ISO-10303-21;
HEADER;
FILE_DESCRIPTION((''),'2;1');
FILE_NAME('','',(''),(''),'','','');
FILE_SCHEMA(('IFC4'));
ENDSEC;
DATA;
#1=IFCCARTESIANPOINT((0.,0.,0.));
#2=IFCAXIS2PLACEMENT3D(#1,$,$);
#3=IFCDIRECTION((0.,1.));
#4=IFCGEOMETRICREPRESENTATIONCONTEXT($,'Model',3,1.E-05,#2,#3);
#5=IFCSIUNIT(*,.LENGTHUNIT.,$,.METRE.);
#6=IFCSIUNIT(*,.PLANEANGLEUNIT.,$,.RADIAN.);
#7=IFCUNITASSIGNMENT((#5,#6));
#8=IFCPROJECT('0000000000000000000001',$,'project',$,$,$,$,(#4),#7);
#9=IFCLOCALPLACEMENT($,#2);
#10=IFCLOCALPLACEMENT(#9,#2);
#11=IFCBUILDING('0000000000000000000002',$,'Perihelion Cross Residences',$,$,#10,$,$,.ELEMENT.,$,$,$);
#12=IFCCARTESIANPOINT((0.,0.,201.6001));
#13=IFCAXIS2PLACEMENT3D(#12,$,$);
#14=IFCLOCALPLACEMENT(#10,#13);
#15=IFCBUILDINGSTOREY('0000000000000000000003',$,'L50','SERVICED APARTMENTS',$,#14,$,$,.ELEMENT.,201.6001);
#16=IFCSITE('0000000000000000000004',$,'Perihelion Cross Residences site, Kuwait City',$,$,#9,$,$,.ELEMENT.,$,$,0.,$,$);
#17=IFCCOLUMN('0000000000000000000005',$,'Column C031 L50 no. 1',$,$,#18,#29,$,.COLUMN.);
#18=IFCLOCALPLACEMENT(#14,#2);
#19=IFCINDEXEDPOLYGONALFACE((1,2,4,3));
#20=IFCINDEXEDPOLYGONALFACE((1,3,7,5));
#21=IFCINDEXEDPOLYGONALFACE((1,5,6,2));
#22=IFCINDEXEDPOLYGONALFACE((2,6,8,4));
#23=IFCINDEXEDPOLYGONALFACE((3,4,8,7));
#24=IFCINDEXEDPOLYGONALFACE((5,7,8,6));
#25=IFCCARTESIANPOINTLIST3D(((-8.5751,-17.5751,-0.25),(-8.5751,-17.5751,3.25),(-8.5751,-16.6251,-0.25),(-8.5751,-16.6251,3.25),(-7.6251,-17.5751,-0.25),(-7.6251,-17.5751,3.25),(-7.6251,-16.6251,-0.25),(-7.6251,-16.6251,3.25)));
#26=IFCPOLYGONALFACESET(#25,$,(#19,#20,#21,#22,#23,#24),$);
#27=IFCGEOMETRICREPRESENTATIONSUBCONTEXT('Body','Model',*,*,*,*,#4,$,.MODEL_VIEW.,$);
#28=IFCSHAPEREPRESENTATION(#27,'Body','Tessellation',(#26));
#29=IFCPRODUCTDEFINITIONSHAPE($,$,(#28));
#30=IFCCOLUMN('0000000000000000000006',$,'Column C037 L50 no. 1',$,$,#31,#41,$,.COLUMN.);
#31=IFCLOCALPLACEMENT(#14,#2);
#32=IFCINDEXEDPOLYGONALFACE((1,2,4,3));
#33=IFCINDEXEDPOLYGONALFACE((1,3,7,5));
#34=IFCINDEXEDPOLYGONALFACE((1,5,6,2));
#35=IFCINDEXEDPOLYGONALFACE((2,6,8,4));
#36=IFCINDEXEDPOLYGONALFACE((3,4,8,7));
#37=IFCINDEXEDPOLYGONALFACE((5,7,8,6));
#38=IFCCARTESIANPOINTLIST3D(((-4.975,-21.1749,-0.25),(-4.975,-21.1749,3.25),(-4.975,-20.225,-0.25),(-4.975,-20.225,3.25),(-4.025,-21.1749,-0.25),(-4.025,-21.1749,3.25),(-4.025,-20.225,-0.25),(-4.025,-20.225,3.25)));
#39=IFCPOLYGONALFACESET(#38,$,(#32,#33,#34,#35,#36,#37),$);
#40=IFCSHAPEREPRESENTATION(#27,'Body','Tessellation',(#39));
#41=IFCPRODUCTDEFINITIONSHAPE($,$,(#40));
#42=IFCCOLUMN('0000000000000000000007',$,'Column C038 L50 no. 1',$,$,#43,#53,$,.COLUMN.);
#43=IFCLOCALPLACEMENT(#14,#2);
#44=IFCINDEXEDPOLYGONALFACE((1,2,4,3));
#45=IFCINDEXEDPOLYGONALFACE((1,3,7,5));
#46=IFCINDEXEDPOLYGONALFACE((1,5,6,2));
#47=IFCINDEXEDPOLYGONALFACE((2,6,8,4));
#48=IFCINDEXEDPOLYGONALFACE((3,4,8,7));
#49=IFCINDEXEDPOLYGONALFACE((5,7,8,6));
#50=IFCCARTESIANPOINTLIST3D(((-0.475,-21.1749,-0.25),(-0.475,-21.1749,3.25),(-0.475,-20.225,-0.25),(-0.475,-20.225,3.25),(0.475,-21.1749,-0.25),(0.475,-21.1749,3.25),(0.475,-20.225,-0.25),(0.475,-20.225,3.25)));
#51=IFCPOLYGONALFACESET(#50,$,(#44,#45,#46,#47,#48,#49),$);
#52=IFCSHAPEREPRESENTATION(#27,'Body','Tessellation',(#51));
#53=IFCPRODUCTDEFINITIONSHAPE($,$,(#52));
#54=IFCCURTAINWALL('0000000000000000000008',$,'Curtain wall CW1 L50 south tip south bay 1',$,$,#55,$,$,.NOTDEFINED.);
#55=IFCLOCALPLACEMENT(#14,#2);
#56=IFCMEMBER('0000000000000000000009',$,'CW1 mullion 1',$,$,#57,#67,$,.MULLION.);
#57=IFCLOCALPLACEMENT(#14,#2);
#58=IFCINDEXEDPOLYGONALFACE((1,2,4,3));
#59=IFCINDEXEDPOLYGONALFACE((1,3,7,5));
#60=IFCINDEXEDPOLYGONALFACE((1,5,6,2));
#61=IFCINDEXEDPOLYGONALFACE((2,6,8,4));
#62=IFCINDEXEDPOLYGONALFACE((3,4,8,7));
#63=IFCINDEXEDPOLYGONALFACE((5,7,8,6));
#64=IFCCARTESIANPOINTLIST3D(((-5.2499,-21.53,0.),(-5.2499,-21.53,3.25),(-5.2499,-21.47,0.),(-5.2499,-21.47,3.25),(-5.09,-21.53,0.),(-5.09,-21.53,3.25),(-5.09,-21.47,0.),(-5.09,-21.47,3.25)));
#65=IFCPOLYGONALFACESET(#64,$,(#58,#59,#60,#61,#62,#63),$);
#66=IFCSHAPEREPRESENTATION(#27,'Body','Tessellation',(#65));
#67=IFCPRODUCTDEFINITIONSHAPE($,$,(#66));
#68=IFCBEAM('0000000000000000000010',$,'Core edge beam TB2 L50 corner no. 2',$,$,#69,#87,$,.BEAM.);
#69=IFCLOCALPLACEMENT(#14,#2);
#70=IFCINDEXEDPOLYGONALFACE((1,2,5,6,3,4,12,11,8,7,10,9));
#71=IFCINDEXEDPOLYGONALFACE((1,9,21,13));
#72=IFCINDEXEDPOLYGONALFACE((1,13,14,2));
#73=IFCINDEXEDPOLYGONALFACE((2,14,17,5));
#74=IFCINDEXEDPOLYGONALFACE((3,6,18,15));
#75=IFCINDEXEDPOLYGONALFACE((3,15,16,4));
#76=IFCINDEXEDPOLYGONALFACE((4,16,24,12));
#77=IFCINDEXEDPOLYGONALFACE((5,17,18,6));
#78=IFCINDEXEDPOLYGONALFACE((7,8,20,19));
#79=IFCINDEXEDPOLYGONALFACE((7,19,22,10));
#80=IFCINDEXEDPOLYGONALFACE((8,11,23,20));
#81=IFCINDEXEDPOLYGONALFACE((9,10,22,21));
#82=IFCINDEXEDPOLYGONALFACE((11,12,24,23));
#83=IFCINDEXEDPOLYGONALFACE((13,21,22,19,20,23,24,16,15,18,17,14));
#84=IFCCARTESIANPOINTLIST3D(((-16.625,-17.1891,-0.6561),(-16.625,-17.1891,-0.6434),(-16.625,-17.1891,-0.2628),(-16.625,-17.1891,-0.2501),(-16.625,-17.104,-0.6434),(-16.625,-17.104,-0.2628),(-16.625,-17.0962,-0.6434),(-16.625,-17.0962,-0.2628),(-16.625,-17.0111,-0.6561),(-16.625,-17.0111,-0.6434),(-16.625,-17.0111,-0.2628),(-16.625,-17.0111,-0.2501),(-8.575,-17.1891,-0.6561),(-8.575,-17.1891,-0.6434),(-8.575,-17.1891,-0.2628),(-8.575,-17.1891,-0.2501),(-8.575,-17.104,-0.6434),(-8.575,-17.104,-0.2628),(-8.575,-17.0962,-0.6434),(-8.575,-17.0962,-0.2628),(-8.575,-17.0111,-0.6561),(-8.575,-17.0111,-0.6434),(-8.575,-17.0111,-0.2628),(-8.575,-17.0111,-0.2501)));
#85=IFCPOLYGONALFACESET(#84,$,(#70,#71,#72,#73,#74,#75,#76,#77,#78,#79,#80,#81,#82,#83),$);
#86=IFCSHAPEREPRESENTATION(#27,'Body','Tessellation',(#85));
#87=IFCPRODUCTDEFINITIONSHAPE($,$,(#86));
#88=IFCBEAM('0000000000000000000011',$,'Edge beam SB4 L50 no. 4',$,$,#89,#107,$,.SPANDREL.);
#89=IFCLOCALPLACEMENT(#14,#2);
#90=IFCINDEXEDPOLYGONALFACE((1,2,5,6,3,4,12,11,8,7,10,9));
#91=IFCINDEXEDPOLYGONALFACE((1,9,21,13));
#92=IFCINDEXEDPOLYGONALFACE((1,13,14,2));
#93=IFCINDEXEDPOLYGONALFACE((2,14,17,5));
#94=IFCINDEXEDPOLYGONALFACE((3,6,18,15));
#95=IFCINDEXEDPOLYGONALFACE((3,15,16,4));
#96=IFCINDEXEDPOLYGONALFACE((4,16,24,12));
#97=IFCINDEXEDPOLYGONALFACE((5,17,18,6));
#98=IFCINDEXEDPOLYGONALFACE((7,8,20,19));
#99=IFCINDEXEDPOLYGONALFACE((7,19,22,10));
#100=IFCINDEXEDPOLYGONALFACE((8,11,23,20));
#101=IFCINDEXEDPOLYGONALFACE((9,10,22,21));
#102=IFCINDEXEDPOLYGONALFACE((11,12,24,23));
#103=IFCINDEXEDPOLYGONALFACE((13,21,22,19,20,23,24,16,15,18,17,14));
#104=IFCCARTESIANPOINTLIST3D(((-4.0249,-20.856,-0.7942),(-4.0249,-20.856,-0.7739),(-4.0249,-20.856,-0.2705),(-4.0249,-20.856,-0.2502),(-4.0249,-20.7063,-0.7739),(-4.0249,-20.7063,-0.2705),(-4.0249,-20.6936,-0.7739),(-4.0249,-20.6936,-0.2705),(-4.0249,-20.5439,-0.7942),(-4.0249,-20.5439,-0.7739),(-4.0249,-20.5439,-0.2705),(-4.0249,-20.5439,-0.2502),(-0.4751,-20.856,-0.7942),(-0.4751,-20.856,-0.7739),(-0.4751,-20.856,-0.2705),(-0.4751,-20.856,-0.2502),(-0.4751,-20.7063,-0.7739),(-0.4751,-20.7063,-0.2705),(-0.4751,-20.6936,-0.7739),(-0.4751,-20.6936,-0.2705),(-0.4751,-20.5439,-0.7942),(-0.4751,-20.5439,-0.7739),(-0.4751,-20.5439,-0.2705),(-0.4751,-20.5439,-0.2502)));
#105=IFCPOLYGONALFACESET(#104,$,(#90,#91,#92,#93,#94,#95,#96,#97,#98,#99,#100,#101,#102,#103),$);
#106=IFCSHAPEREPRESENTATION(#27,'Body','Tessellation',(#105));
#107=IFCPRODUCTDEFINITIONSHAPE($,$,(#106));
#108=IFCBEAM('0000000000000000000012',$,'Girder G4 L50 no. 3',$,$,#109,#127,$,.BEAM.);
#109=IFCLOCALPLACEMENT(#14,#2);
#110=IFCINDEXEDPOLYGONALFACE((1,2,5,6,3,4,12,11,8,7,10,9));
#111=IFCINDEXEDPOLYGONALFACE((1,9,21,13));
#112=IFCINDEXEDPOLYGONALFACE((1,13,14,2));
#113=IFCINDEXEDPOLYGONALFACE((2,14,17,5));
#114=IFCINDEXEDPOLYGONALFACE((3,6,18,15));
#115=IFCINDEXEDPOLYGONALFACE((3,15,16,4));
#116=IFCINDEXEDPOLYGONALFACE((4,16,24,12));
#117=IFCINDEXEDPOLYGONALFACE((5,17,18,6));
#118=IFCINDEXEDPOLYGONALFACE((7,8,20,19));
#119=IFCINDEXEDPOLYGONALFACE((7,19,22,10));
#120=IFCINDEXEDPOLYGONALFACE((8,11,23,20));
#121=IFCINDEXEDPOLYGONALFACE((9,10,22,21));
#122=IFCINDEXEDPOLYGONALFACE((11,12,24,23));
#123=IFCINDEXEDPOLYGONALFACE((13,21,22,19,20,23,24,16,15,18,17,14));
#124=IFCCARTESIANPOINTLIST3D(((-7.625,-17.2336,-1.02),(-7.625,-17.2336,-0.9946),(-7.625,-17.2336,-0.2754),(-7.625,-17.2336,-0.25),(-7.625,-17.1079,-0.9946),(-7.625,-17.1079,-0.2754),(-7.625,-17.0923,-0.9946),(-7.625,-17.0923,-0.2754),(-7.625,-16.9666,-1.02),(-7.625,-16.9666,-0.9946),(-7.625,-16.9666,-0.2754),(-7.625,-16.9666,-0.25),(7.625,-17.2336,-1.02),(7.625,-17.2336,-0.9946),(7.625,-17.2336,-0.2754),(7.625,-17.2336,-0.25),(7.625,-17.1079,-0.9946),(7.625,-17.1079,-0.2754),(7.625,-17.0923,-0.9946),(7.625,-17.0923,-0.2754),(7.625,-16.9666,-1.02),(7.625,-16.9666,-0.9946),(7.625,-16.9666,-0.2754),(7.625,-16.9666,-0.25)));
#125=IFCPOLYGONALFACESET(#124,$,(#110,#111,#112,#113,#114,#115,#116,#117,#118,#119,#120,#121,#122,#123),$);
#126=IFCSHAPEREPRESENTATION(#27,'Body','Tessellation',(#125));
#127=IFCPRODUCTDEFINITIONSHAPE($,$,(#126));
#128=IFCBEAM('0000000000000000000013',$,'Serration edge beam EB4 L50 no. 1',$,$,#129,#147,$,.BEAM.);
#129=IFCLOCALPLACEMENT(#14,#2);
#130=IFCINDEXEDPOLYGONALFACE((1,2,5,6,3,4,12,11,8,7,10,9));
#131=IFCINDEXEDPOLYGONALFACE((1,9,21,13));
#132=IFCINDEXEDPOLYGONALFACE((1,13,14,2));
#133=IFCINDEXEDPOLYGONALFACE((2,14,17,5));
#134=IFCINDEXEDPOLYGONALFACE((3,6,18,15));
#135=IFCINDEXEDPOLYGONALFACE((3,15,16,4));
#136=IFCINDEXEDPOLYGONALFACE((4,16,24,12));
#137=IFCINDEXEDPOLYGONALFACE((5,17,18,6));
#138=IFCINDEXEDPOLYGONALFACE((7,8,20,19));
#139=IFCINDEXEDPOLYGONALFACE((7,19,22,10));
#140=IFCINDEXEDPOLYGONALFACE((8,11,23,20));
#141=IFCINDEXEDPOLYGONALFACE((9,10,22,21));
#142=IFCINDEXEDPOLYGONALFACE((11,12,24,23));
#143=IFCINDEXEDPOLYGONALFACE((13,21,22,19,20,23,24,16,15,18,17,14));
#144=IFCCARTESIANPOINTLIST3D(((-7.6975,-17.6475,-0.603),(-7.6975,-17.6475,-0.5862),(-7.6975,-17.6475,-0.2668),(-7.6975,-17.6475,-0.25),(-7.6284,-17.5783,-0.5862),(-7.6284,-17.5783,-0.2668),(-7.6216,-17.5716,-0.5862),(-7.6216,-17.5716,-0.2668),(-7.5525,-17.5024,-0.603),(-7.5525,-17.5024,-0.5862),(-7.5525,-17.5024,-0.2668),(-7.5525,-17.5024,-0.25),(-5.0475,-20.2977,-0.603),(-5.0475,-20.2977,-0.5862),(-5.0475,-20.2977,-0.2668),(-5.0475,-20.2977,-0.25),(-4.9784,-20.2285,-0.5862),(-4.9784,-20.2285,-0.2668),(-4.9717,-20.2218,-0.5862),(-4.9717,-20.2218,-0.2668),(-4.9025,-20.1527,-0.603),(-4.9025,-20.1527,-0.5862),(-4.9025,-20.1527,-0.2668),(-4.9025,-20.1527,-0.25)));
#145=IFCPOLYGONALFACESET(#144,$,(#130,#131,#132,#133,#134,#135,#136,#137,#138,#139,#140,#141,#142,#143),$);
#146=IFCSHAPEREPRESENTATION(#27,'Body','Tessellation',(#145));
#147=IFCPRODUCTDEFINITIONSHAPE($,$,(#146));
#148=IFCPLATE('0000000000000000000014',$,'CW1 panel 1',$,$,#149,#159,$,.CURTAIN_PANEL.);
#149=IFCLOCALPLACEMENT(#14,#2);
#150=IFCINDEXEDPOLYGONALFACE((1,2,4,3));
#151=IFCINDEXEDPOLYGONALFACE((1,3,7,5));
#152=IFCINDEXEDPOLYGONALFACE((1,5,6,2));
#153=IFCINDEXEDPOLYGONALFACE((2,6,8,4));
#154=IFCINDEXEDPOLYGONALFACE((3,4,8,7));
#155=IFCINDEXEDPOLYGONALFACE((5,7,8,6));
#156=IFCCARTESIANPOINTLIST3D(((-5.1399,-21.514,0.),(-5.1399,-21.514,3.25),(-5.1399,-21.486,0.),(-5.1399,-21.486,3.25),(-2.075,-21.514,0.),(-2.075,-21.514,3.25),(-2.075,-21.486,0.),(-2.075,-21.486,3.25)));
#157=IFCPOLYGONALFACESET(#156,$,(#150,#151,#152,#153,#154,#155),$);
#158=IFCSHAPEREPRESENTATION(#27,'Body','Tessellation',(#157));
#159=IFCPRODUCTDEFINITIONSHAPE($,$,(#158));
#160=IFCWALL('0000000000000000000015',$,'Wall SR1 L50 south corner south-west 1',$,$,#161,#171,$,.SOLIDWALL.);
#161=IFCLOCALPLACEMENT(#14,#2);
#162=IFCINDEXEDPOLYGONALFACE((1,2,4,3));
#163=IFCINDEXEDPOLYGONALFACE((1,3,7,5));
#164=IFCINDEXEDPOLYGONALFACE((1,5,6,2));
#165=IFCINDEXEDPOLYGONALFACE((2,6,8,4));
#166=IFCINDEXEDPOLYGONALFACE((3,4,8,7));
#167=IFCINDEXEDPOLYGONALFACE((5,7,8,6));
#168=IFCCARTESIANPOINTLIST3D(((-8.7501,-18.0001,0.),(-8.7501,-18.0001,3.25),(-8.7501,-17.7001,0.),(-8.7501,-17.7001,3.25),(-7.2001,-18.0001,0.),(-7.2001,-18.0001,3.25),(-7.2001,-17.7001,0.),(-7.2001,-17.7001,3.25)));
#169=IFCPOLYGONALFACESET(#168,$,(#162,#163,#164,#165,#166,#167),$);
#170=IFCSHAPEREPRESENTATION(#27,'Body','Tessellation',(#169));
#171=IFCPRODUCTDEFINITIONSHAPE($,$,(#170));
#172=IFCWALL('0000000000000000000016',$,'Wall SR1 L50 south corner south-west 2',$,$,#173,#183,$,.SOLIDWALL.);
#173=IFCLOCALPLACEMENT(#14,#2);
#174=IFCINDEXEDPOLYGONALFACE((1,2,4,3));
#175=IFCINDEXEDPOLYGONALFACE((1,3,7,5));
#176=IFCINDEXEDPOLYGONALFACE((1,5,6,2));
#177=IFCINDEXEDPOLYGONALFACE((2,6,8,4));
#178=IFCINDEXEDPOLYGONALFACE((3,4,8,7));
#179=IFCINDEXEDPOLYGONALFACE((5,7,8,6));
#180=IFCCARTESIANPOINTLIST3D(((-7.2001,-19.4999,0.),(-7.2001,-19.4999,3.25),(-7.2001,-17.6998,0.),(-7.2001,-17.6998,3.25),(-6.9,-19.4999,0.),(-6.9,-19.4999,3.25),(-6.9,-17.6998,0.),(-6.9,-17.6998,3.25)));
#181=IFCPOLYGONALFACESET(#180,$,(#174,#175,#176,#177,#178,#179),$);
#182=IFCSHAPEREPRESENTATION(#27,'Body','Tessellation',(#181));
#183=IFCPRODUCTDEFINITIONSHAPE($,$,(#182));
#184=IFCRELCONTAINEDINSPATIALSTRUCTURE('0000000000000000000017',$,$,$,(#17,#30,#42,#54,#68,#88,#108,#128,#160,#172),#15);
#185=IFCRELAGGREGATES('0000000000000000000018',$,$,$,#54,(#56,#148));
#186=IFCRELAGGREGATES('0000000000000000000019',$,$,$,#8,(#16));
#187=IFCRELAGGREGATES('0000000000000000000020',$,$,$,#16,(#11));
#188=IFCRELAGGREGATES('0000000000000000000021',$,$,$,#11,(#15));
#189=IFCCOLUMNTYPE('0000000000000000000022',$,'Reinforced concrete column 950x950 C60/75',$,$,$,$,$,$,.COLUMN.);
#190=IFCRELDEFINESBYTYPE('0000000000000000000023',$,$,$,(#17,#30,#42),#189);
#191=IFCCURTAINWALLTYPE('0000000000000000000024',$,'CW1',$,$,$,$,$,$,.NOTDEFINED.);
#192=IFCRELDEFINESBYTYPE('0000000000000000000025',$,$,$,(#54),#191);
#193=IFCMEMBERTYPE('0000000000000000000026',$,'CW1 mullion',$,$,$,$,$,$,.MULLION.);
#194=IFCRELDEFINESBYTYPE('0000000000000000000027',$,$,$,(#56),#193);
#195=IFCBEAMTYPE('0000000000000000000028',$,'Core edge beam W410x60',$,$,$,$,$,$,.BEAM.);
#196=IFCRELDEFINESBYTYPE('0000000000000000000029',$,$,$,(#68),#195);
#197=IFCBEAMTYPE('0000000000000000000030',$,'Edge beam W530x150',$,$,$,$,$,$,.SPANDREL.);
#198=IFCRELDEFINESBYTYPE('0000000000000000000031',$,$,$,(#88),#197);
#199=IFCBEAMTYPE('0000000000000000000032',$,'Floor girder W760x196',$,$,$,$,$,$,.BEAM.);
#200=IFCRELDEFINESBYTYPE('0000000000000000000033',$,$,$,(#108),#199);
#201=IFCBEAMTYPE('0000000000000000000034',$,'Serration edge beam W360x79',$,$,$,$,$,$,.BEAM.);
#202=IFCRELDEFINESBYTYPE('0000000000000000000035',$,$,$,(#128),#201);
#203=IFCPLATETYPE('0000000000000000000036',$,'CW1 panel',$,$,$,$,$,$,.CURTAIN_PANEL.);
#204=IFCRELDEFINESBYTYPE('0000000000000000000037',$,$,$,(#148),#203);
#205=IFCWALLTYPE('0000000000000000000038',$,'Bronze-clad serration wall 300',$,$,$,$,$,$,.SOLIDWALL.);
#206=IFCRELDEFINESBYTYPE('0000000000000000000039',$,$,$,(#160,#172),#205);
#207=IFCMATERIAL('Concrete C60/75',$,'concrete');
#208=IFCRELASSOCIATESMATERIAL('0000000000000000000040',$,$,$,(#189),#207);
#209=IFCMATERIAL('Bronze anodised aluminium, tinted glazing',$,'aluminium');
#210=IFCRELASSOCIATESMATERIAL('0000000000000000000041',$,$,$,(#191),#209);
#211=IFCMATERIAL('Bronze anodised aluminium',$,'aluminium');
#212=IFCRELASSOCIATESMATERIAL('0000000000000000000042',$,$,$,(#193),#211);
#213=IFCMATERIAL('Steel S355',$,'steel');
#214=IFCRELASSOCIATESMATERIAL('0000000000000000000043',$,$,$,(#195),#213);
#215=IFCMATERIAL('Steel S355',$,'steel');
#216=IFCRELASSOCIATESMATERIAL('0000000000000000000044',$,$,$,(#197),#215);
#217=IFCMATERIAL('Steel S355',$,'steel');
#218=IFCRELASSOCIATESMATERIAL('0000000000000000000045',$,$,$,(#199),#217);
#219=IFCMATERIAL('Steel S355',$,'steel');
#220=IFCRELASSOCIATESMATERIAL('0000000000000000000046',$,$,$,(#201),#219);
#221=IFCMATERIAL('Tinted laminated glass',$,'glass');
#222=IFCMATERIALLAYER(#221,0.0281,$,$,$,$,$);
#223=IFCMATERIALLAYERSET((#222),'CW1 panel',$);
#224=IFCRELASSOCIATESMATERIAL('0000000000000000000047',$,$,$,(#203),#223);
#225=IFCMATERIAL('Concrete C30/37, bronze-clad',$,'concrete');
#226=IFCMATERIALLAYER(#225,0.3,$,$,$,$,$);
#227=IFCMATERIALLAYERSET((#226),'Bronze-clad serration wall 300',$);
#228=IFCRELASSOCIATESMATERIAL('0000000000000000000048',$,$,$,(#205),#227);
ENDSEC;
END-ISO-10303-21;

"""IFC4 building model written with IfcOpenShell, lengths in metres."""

from ifc_helpers import new_model, si_unit, direction, frame, frame_2d, origin, origin_2d, place, context, subcontext, project, spatial, rectangle, i_section, extrude, material, layer, layer_set, material_profile, profile_set, type_object, element, aggregate, save


model = new_model("IFC4")

# Units and contexts
model_context = context("Model", 3, precision=1e-05, world=origin(), true_north=direction((0.0, 1.0)))
body_context = subcontext(model_context, "Body", "Model", "MODEL_VIEW")
ifc_project = project(units=[si_unit("LENGTHUNIT", "METRE"), si_unit("PLANEANGLEUNIT", "RADIAN")], contexts=[model_context])

# Site, building, storey
site_placement = place(None, origin())
site = spatial("IfcSite", under=ifc_project, at=site_placement, Name="Perihelion Cross Residences site, Kuwait City", CompositionType="ELEMENT", RefElevation=0.0)
building_placement = place(site_placement, origin())
building = spatial("IfcBuilding", under=site, at=building_placement, Name="Perihelion Cross Residences", CompositionType="ELEMENT")
storey_placement = place(building_placement, frame((0.0, 0.0, 201.6001)))
storey = spatial("IfcBuildingStorey", under=building, at=storey_placement, Name="L50", Description="SERVICED APARTMENTS", CompositionType="ELEMENT", Elevation=201.6001)

# Columns
ifc_material_1 = material(Name="Concrete C60/75", Category="concrete")
ifc_material_profile_1 = material_profile(ifc_material_1, rectangle(XDim=0.95, YDim=0.95, at=origin_2d()), Name="RC 950x950")
ifc_profile_set_1 = profile_set([ifc_material_profile_1], Name="Concrete C60/75")
column_type = type_object("IfcColumnType", Name="Reinforced concrete column 950x950 C60/75", PredefinedType="COLUMN", material=ifc_profile_set_1)
for number, where, z_axis, x_axis, name in (
    (1, (-8.1001, -17.1001, -0.25), (0.0, 0.0, 1.0), (1.0, 0.0, 0.0), "Column C031 L50 no. 1"),
    (2, (-4.5, -20.7, -0.25), (0.0, 0.0, 1.0), (1.0, 0.0, 0.0), "Column C037 L50 no. 1"),
    (3, (0.0, -20.7, -0.25), (0.0, 0.0, 1.0), (1.0, 0.0, 0.0), "Column C038 L50 no. 1"),
):
    element("IfcColumn", number, at=place(storey_placement, frame(where, z_axis=z_axis, x_axis=x_axis)), inside=storey, type_object=column_type, Name=name, PredefinedType="COLUMN", context=body_context, shape_type="SweptSolid", body=[
        extrude(rectangle(XDim=0.95, YDim=0.95, at=origin_2d()), origin(), (0.0, 0.0, 1.0), 3.5),
    ])

# Curtain wall, member
ifc_material_2 = material(Name="Bronze anodised aluminium, tinted glazing", Category="aluminium")
curtain_wall_type = type_object("IfcCurtainWallType", Name="CW1", PredefinedType="NOTDEFINED", material=ifc_material_2)
curtain_wall_placement = place(storey_placement, origin())
curtain_wall = element("IfcCurtainWall", 4, at=curtain_wall_placement, inside=storey, type_object=curtain_wall_type, Name="Curtain wall CW1 L50 south tip south bay 1", PredefinedType="NOTDEFINED")
ifc_material_3 = material(Name="Bronze anodised aluminium", Category="aluminium")
ifc_material_profile_2 = material_profile(ifc_material_3, rectangle(XDim=0.0601, YDim=0.1599, at=origin_2d()), Name="CW1 mullion")
ifc_profile_set_2 = profile_set([ifc_material_profile_2], Name="Bronze anodised aluminium")
member_type = type_object("IfcMemberType", Name="CW1 mullion", PredefinedType="MULLION", material=ifc_profile_set_2)
member_placement = place(storey_placement, frame((-5.1699, -21.5, 0.0), z_axis=(0.0, 0.0, 1.0), x_axis=(0.0, 1.0, 0.0)))
member = element("IfcMember", 5, at=member_placement, type_object=member_type, Name="CW1 mullion 1", PredefinedType="MULLION", context=body_context, shape_type="SweptSolid", body=[
    extrude(rectangle(XDim=0.0601, YDim=0.1599, at=origin_2d()), origin(), (0.0, 0.0, 1.0), 3.25),
])

# Beams
ifc_material_4 = material(Name="Steel S355", Category="steel")
ifc_material_profile_3 = material_profile(ifc_material_4, i_section(OverallWidth=0.178, OverallDepth=0.406, WebThickness=0.0078, FlangeThickness=0.0127, at=origin_2d()), Name="W410x60")
ifc_profile_set_3 = profile_set([ifc_material_profile_3], Name="Steel S355")
beam_type_1 = type_object("IfcBeamType", Name="Core edge beam W410x60", PredefinedType="BEAM", material=ifc_profile_set_3)
beam_1_placement = place(storey_placement, frame((-8.575, -17.1001, -0.4531), z_axis=(-1.0, 0.0, 0.0), x_axis=(0.0, -1.0, 0.0)))
element("IfcBeam", 6, at=beam_1_placement, inside=storey, type_object=beam_type_1, Name="Core edge beam TB2 L50 corner no. 2", PredefinedType="BEAM", context=body_context, shape_type="SweptSolid", body=[
    extrude(i_section(OverallWidth=0.178, OverallDepth=0.406, WebThickness=0.0078, FlangeThickness=0.0127, at=origin_2d()), origin(), (0.0, 0.0, 1.0), 8.05),
])
ifc_material_5 = material(Name="Steel S355", Category="steel")
ifc_material_profile_4 = material_profile(ifc_material_5, i_section(OverallWidth=0.312, OverallDepth=0.5439, WebThickness=0.0127, FlangeThickness=0.0203, at=origin_2d()), Name="W530x150")
ifc_profile_set_4 = profile_set([ifc_material_profile_4], Name="Steel S355")
beam_type_2 = type_object("IfcBeamType", Name="Edge beam W530x150", PredefinedType="SPANDREL", material=ifc_profile_set_4)
beam_2_placement = place(storey_placement, frame((-4.0249, -20.7, -0.5222), z_axis=(1.0, 0.0, 0.0), x_axis=(0.0, 1.0, 0.0)))
element("IfcBeam", 7, at=beam_2_placement, inside=storey, type_object=beam_type_2, Name="Edge beam SB4 L50 no. 4", PredefinedType="SPANDREL", context=body_context, shape_type="SweptSolid", body=[
    extrude(i_section(OverallWidth=0.312, OverallDepth=0.5439, WebThickness=0.0127, FlangeThickness=0.0203, at=origin_2d()), origin(), (0.0, 0.0, 1.0), 3.5498),
])
ifc_material_6 = material(Name="Steel S355", Category="steel")
ifc_material_profile_5 = material_profile(ifc_material_6, i_section(OverallWidth=0.2671, OverallDepth=0.77, WebThickness=0.0156, FlangeThickness=0.0254, at=origin_2d()), Name="W760x196")
ifc_profile_set_5 = profile_set([ifc_material_profile_5], Name="Steel S355")
beam_type_3 = type_object("IfcBeamType", Name="Floor girder W760x196", PredefinedType="BEAM", material=ifc_profile_set_5)
beam_3_placement = place(storey_placement, frame((-7.625, -17.1001, -0.635), z_axis=(1.0, 0.0, 0.0), x_axis=(0.0, 1.0, 0.0)))
element("IfcBeam", 8, at=beam_3_placement, inside=storey, type_object=beam_type_3, Name="Girder G4 L50 no. 3", PredefinedType="BEAM", context=body_context, shape_type="SweptSolid", body=[
    extrude(i_section(OverallWidth=0.2671, OverallDepth=0.77, WebThickness=0.0156, FlangeThickness=0.0254, at=origin_2d()), origin(), (0.0, 0.0, 1.0), 15.25),
])
ifc_material_7 = material(Name="Steel S355", Category="steel")
ifc_material_profile_6 = material_profile(ifc_material_7, i_section(OverallWidth=0.2051, OverallDepth=0.353, WebThickness=0.0095, FlangeThickness=0.0168, at=origin_2d()), Name="W360x79")
ifc_profile_set_6 = profile_set([ifc_material_profile_6], Name="Steel S355")
beam_type_4 = type_object("IfcBeamType", Name="Serration edge beam W360x79", PredefinedType="BEAM", material=ifc_profile_set_6)
beam_4_placement = place(storey_placement, frame((-7.625, -17.575, -0.4265), z_axis=(0.707074, -0.707139, 0.0), x_axis=(0.707139, 0.707074, 0.0)))
element("IfcBeam", 9, at=beam_4_placement, inside=storey, type_object=beam_type_4, Name="Serration edge beam EB4 L50 no. 1", PredefinedType="BEAM", context=body_context, shape_type="SweptSolid", body=[
    extrude(i_section(OverallWidth=0.2051, OverallDepth=0.353, WebThickness=0.0095, FlangeThickness=0.0168, at=origin_2d()), origin(), (0.0, 0.0, 1.0), 3.7478),
])

# Plate
ifc_material_8 = material(Name="Tinted laminated glass", Category="glass")
ifc_layer_1 = layer(ifc_material_8, 0.0281)
ifc_layer_set_1 = layer_set([ifc_layer_1], Name="CW1 panel")
plate_type = type_object("IfcPlateType", Name="CW1 panel", PredefinedType="CURTAIN_PANEL", material=ifc_layer_set_1)
plate_placement = place(storey_placement, frame((-3.6074, -21.5, 0.0), z_axis=(0.0, 0.0, 1.0), x_axis=(1.0, 0.0, 0.0)))
plate = element("IfcPlate", 10, at=plate_placement, type_object=plate_type, Name="CW1 panel 1", PredefinedType="CURTAIN_PANEL", context=body_context, shape_type="SweptSolid", body=[
    extrude(rectangle(XDim=3.0649, YDim=0.0281, at=origin_2d()), origin(), (0.0, 0.0, 1.0), 3.25),
])
aggregate(curtain_wall, [member, plate])

# Walls
ifc_material_9 = material(Name="Concrete C30/37, bronze-clad", Category="concrete")
ifc_layer_2 = layer(ifc_material_9, 0.3)
ifc_layer_set_2 = layer_set([ifc_layer_2], Name="Bronze-clad serration wall 300")
wall_type_1 = type_object("IfcWallType", Name="Bronze-clad serration wall 300", PredefinedType="SOLIDWALL", material=ifc_layer_set_2)
wall_1_placement = place(storey_placement, frame((-8.75, -17.8501, 0.0), z_axis=(0.0, 0.0, 1.0), x_axis=(1.0, 0.0, 0.0)))
element("IfcWall", 11, at=wall_1_placement, inside=storey, type_object=wall_type_1, Name="Wall SR1 L50 south corner south-west 1", PredefinedType="SOLIDWALL", context=body_context, shape_type="SweptSolid", body=[
    extrude(rectangle(XDim=1.55, YDim=0.3, at=frame_2d((0.7749, 0.0))), origin(), (0.0, 0.0, 1.0), 3.25),
])
for number, where, z_axis, x_axis, name in (
    (12, (-7.05, -17.7, 0.0), (0.0, 0.0, 1.0), (0.0, -1.0, 0.0), "Wall SR1 L50 south corner south-west 2"),
):
    element("IfcWall", number, at=place(storey_placement, frame(where, z_axis=z_axis, x_axis=x_axis)), inside=storey, type_object=wall_type_1, Name=name, PredefinedType="SOLIDWALL", context=body_context, shape_type="SweptSolid", body=[
        extrude(rectangle(XDim=1.8, YDim=0.3, at=frame_2d((0.8999, 0.0))), origin(), (0.0, 0.0, 1.0), 3.25),
    ])

save(model, "model.ifc")
